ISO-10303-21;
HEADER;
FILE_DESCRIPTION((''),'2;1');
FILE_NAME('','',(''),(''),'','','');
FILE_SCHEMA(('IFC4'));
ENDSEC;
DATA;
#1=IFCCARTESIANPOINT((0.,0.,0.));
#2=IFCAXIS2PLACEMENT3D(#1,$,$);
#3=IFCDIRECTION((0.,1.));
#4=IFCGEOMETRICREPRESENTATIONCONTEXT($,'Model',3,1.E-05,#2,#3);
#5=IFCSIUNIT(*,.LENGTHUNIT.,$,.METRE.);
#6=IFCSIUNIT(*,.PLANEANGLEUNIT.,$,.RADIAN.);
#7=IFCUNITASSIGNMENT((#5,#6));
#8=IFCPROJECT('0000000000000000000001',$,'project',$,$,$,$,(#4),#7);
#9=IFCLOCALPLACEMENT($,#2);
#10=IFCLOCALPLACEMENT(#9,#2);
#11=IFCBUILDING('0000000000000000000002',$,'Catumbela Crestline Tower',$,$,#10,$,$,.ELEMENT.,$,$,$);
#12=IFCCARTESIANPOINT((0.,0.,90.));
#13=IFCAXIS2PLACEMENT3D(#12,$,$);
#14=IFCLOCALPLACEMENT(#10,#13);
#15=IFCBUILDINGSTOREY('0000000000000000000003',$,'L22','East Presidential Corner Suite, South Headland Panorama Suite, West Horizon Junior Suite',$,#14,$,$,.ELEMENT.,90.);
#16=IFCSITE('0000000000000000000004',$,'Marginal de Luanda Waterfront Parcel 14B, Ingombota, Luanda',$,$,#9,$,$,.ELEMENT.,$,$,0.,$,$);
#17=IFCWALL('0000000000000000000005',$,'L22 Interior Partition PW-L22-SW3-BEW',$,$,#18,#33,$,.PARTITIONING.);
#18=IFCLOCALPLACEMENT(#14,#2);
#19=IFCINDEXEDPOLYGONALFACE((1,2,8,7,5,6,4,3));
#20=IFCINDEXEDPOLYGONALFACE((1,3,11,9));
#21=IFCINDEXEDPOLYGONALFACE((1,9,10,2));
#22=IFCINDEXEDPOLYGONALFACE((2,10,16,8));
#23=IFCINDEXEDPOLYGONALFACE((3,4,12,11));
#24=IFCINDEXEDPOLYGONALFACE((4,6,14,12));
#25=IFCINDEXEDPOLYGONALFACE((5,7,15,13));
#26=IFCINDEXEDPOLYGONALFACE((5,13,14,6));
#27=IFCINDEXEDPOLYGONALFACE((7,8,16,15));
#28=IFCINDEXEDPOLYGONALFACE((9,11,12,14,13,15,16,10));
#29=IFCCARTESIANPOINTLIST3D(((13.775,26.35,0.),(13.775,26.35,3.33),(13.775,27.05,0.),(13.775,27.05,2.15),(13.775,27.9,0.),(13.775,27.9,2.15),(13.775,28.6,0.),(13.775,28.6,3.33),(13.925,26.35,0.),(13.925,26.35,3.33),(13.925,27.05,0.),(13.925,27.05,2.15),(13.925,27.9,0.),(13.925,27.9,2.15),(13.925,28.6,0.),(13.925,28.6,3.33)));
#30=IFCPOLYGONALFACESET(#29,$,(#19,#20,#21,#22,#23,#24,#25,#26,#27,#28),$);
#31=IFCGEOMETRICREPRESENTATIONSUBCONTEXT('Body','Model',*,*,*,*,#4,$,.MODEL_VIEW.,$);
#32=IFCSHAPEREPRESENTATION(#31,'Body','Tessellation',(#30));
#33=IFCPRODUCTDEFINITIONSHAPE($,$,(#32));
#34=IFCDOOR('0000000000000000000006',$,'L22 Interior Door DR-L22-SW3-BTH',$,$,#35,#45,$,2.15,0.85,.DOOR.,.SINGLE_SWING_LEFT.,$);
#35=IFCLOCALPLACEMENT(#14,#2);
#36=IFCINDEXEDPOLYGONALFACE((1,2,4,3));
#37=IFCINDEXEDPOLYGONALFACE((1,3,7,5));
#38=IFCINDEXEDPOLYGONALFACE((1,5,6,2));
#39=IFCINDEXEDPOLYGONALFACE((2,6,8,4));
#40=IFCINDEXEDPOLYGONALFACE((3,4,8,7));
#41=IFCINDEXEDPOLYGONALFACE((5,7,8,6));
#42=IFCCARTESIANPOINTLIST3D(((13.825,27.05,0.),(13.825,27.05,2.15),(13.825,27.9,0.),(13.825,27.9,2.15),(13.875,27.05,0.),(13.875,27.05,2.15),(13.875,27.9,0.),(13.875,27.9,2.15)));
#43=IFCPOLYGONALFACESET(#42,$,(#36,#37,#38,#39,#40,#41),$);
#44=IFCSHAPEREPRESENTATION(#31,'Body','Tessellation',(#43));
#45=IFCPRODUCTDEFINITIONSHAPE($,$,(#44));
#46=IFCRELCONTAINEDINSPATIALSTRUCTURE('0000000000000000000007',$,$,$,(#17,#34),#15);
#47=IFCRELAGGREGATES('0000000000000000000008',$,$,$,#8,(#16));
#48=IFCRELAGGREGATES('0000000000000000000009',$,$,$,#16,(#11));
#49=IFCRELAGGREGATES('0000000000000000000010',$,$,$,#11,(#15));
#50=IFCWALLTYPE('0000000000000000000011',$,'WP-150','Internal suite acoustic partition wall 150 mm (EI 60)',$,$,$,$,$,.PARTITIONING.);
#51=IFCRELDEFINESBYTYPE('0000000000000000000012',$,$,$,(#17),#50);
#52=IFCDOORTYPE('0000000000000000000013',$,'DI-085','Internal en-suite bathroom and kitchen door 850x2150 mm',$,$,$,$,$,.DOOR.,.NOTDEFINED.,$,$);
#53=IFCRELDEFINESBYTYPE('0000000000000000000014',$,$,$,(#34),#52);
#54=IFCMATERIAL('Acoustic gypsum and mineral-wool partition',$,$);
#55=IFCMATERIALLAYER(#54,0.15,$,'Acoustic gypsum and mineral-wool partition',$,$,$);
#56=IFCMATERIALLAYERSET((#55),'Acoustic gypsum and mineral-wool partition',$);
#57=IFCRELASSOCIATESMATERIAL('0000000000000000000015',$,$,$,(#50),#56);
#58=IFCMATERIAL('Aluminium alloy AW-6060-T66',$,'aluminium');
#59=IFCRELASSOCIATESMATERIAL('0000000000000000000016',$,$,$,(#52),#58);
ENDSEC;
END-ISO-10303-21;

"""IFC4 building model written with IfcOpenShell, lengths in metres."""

from ifc_helpers import new_model, si_unit, direction, frame, frame_2d, origin, place, context, subcontext, project, spatial, rectangle, extrude, material, layer, layer_set, type_object, element, fill, save


model = new_model("IFC4")

# Units and contexts
model_context = context("Model", 3, precision=1e-05, world=origin(), true_north=direction((0.0, 1.0)))
body_context = subcontext(model_context, "Body", "Model", "MODEL_VIEW")
ifc_project = project(units=[si_unit("LENGTHUNIT", "METRE"), si_unit("PLANEANGLEUNIT", "RADIAN")], contexts=[model_context])

# Site, building, storey
site_placement = place(None, origin())
site = spatial("IfcSite", under=ifc_project, at=site_placement, Name="Marginal de Luanda Waterfront Parcel 14B, Ingombota, Luanda", CompositionType="ELEMENT", RefElevation=0.0)
building_placement = place(site_placement, origin())
building = spatial("IfcBuilding", under=site, at=building_placement, Name="Catumbela Crestline Tower", CompositionType="ELEMENT")
storey_placement = place(building_placement, frame((0.0, 0.0, 90.0)))
storey = spatial("IfcBuildingStorey", under=building, at=storey_placement, Name="L22", Description="East Presidential Corner Suite, South Headland Panorama Suite, West Horizon Junior Suite", CompositionType="ELEMENT", Elevation=90.0)

# Shared definitions
ifc_material_1 = material(Name="Acoustic gypsum and mineral-wool partition")
ifc_material_2 = material(Name="Aluminium alloy AW-6060-T66", Category="aluminium")

# Shared definitions
ifc_layer_1 = layer(ifc_material_1, 0.15, Name="Acoustic gypsum and mineral-wool partition")
ifc_layer_set_1 = layer_set([ifc_layer_1], Name="Acoustic gypsum and mineral-wool partition")
wall_type_1 = type_object("IfcWallType", Name="WP-150", Description="Internal suite acoustic partition wall 150 mm (EI 60)", PredefinedType="PARTITIONING", material=ifc_layer_set_1)

# Wall, opening, door
wall_1_placement = place(storey_placement, frame((13.85, 26.35, 0.0), z_axis=(0.0, 0.0, 1.0), x_axis=(0.0, 1.0, 0.0)))
wall_1 = element("IfcWall", 1, at=wall_1_placement, inside=storey, type_object=wall_type_1, Name="L22 Interior Partition PW-L22-SW3-BEW", PredefinedType="PARTITIONING", context=body_context, shape_type="SweptSolid", body=[
    extrude(rectangle(XDim=2.25, YDim=0.15, at=frame_2d((1.125, 0.0))), origin(), (0.0, 0.0, 1.0), 3.33),
])
opening_1_placement = place(wall_1_placement, frame((0.7, 0.0, 0.0)))
opening_1 = element("IfcOpeningElement", 2, at=opening_1_placement, cuts=wall_1, PredefinedType="OPENING", context=body_context, shape_type="SweptSolid", body=[
    extrude(rectangle(XDim=0.85, YDim=2.15, at=frame_2d((0.425, 1.075))), frame((0.0, 0.085, 0.0), z_axis=(0.0, -1.0, 0.0), x_axis=(1.0, 0.0, 0.0)), (0.0, 0.0, 1.0), 0.17),
])
door_type_1 = type_object("IfcDoorType", Name="DI-085", Description="Internal en-suite bathroom and kitchen door 850x2150 mm", OperationType="NOTDEFINED", PredefinedType="DOOR", material=ifc_material_2)
door_1_placement = place(opening_1_placement, origin())
door_1 = element("IfcDoor", 3, at=door_1_placement, inside=storey, type_object=door_type_1, Name="L22 Interior Door DR-L22-SW3-BTH", OperationType="SINGLE_SWING_LEFT", OverallHeight=2.15, OverallWidth=0.85, PredefinedType="DOOR", context=body_context, shape_type="SweptSolid", body=[
    extrude(rectangle(XDim=0.85, YDim=2.15, at=frame_2d((0.425, 1.075))), frame((0.0, 0.025, 0.0), z_axis=(0.0, -1.0, 0.0), x_axis=(1.0, 0.0, 0.0)), (0.0, 0.0, 1.0), 0.05),
])
fill(opening_1, door_1)

save(model, "model.ifc")
